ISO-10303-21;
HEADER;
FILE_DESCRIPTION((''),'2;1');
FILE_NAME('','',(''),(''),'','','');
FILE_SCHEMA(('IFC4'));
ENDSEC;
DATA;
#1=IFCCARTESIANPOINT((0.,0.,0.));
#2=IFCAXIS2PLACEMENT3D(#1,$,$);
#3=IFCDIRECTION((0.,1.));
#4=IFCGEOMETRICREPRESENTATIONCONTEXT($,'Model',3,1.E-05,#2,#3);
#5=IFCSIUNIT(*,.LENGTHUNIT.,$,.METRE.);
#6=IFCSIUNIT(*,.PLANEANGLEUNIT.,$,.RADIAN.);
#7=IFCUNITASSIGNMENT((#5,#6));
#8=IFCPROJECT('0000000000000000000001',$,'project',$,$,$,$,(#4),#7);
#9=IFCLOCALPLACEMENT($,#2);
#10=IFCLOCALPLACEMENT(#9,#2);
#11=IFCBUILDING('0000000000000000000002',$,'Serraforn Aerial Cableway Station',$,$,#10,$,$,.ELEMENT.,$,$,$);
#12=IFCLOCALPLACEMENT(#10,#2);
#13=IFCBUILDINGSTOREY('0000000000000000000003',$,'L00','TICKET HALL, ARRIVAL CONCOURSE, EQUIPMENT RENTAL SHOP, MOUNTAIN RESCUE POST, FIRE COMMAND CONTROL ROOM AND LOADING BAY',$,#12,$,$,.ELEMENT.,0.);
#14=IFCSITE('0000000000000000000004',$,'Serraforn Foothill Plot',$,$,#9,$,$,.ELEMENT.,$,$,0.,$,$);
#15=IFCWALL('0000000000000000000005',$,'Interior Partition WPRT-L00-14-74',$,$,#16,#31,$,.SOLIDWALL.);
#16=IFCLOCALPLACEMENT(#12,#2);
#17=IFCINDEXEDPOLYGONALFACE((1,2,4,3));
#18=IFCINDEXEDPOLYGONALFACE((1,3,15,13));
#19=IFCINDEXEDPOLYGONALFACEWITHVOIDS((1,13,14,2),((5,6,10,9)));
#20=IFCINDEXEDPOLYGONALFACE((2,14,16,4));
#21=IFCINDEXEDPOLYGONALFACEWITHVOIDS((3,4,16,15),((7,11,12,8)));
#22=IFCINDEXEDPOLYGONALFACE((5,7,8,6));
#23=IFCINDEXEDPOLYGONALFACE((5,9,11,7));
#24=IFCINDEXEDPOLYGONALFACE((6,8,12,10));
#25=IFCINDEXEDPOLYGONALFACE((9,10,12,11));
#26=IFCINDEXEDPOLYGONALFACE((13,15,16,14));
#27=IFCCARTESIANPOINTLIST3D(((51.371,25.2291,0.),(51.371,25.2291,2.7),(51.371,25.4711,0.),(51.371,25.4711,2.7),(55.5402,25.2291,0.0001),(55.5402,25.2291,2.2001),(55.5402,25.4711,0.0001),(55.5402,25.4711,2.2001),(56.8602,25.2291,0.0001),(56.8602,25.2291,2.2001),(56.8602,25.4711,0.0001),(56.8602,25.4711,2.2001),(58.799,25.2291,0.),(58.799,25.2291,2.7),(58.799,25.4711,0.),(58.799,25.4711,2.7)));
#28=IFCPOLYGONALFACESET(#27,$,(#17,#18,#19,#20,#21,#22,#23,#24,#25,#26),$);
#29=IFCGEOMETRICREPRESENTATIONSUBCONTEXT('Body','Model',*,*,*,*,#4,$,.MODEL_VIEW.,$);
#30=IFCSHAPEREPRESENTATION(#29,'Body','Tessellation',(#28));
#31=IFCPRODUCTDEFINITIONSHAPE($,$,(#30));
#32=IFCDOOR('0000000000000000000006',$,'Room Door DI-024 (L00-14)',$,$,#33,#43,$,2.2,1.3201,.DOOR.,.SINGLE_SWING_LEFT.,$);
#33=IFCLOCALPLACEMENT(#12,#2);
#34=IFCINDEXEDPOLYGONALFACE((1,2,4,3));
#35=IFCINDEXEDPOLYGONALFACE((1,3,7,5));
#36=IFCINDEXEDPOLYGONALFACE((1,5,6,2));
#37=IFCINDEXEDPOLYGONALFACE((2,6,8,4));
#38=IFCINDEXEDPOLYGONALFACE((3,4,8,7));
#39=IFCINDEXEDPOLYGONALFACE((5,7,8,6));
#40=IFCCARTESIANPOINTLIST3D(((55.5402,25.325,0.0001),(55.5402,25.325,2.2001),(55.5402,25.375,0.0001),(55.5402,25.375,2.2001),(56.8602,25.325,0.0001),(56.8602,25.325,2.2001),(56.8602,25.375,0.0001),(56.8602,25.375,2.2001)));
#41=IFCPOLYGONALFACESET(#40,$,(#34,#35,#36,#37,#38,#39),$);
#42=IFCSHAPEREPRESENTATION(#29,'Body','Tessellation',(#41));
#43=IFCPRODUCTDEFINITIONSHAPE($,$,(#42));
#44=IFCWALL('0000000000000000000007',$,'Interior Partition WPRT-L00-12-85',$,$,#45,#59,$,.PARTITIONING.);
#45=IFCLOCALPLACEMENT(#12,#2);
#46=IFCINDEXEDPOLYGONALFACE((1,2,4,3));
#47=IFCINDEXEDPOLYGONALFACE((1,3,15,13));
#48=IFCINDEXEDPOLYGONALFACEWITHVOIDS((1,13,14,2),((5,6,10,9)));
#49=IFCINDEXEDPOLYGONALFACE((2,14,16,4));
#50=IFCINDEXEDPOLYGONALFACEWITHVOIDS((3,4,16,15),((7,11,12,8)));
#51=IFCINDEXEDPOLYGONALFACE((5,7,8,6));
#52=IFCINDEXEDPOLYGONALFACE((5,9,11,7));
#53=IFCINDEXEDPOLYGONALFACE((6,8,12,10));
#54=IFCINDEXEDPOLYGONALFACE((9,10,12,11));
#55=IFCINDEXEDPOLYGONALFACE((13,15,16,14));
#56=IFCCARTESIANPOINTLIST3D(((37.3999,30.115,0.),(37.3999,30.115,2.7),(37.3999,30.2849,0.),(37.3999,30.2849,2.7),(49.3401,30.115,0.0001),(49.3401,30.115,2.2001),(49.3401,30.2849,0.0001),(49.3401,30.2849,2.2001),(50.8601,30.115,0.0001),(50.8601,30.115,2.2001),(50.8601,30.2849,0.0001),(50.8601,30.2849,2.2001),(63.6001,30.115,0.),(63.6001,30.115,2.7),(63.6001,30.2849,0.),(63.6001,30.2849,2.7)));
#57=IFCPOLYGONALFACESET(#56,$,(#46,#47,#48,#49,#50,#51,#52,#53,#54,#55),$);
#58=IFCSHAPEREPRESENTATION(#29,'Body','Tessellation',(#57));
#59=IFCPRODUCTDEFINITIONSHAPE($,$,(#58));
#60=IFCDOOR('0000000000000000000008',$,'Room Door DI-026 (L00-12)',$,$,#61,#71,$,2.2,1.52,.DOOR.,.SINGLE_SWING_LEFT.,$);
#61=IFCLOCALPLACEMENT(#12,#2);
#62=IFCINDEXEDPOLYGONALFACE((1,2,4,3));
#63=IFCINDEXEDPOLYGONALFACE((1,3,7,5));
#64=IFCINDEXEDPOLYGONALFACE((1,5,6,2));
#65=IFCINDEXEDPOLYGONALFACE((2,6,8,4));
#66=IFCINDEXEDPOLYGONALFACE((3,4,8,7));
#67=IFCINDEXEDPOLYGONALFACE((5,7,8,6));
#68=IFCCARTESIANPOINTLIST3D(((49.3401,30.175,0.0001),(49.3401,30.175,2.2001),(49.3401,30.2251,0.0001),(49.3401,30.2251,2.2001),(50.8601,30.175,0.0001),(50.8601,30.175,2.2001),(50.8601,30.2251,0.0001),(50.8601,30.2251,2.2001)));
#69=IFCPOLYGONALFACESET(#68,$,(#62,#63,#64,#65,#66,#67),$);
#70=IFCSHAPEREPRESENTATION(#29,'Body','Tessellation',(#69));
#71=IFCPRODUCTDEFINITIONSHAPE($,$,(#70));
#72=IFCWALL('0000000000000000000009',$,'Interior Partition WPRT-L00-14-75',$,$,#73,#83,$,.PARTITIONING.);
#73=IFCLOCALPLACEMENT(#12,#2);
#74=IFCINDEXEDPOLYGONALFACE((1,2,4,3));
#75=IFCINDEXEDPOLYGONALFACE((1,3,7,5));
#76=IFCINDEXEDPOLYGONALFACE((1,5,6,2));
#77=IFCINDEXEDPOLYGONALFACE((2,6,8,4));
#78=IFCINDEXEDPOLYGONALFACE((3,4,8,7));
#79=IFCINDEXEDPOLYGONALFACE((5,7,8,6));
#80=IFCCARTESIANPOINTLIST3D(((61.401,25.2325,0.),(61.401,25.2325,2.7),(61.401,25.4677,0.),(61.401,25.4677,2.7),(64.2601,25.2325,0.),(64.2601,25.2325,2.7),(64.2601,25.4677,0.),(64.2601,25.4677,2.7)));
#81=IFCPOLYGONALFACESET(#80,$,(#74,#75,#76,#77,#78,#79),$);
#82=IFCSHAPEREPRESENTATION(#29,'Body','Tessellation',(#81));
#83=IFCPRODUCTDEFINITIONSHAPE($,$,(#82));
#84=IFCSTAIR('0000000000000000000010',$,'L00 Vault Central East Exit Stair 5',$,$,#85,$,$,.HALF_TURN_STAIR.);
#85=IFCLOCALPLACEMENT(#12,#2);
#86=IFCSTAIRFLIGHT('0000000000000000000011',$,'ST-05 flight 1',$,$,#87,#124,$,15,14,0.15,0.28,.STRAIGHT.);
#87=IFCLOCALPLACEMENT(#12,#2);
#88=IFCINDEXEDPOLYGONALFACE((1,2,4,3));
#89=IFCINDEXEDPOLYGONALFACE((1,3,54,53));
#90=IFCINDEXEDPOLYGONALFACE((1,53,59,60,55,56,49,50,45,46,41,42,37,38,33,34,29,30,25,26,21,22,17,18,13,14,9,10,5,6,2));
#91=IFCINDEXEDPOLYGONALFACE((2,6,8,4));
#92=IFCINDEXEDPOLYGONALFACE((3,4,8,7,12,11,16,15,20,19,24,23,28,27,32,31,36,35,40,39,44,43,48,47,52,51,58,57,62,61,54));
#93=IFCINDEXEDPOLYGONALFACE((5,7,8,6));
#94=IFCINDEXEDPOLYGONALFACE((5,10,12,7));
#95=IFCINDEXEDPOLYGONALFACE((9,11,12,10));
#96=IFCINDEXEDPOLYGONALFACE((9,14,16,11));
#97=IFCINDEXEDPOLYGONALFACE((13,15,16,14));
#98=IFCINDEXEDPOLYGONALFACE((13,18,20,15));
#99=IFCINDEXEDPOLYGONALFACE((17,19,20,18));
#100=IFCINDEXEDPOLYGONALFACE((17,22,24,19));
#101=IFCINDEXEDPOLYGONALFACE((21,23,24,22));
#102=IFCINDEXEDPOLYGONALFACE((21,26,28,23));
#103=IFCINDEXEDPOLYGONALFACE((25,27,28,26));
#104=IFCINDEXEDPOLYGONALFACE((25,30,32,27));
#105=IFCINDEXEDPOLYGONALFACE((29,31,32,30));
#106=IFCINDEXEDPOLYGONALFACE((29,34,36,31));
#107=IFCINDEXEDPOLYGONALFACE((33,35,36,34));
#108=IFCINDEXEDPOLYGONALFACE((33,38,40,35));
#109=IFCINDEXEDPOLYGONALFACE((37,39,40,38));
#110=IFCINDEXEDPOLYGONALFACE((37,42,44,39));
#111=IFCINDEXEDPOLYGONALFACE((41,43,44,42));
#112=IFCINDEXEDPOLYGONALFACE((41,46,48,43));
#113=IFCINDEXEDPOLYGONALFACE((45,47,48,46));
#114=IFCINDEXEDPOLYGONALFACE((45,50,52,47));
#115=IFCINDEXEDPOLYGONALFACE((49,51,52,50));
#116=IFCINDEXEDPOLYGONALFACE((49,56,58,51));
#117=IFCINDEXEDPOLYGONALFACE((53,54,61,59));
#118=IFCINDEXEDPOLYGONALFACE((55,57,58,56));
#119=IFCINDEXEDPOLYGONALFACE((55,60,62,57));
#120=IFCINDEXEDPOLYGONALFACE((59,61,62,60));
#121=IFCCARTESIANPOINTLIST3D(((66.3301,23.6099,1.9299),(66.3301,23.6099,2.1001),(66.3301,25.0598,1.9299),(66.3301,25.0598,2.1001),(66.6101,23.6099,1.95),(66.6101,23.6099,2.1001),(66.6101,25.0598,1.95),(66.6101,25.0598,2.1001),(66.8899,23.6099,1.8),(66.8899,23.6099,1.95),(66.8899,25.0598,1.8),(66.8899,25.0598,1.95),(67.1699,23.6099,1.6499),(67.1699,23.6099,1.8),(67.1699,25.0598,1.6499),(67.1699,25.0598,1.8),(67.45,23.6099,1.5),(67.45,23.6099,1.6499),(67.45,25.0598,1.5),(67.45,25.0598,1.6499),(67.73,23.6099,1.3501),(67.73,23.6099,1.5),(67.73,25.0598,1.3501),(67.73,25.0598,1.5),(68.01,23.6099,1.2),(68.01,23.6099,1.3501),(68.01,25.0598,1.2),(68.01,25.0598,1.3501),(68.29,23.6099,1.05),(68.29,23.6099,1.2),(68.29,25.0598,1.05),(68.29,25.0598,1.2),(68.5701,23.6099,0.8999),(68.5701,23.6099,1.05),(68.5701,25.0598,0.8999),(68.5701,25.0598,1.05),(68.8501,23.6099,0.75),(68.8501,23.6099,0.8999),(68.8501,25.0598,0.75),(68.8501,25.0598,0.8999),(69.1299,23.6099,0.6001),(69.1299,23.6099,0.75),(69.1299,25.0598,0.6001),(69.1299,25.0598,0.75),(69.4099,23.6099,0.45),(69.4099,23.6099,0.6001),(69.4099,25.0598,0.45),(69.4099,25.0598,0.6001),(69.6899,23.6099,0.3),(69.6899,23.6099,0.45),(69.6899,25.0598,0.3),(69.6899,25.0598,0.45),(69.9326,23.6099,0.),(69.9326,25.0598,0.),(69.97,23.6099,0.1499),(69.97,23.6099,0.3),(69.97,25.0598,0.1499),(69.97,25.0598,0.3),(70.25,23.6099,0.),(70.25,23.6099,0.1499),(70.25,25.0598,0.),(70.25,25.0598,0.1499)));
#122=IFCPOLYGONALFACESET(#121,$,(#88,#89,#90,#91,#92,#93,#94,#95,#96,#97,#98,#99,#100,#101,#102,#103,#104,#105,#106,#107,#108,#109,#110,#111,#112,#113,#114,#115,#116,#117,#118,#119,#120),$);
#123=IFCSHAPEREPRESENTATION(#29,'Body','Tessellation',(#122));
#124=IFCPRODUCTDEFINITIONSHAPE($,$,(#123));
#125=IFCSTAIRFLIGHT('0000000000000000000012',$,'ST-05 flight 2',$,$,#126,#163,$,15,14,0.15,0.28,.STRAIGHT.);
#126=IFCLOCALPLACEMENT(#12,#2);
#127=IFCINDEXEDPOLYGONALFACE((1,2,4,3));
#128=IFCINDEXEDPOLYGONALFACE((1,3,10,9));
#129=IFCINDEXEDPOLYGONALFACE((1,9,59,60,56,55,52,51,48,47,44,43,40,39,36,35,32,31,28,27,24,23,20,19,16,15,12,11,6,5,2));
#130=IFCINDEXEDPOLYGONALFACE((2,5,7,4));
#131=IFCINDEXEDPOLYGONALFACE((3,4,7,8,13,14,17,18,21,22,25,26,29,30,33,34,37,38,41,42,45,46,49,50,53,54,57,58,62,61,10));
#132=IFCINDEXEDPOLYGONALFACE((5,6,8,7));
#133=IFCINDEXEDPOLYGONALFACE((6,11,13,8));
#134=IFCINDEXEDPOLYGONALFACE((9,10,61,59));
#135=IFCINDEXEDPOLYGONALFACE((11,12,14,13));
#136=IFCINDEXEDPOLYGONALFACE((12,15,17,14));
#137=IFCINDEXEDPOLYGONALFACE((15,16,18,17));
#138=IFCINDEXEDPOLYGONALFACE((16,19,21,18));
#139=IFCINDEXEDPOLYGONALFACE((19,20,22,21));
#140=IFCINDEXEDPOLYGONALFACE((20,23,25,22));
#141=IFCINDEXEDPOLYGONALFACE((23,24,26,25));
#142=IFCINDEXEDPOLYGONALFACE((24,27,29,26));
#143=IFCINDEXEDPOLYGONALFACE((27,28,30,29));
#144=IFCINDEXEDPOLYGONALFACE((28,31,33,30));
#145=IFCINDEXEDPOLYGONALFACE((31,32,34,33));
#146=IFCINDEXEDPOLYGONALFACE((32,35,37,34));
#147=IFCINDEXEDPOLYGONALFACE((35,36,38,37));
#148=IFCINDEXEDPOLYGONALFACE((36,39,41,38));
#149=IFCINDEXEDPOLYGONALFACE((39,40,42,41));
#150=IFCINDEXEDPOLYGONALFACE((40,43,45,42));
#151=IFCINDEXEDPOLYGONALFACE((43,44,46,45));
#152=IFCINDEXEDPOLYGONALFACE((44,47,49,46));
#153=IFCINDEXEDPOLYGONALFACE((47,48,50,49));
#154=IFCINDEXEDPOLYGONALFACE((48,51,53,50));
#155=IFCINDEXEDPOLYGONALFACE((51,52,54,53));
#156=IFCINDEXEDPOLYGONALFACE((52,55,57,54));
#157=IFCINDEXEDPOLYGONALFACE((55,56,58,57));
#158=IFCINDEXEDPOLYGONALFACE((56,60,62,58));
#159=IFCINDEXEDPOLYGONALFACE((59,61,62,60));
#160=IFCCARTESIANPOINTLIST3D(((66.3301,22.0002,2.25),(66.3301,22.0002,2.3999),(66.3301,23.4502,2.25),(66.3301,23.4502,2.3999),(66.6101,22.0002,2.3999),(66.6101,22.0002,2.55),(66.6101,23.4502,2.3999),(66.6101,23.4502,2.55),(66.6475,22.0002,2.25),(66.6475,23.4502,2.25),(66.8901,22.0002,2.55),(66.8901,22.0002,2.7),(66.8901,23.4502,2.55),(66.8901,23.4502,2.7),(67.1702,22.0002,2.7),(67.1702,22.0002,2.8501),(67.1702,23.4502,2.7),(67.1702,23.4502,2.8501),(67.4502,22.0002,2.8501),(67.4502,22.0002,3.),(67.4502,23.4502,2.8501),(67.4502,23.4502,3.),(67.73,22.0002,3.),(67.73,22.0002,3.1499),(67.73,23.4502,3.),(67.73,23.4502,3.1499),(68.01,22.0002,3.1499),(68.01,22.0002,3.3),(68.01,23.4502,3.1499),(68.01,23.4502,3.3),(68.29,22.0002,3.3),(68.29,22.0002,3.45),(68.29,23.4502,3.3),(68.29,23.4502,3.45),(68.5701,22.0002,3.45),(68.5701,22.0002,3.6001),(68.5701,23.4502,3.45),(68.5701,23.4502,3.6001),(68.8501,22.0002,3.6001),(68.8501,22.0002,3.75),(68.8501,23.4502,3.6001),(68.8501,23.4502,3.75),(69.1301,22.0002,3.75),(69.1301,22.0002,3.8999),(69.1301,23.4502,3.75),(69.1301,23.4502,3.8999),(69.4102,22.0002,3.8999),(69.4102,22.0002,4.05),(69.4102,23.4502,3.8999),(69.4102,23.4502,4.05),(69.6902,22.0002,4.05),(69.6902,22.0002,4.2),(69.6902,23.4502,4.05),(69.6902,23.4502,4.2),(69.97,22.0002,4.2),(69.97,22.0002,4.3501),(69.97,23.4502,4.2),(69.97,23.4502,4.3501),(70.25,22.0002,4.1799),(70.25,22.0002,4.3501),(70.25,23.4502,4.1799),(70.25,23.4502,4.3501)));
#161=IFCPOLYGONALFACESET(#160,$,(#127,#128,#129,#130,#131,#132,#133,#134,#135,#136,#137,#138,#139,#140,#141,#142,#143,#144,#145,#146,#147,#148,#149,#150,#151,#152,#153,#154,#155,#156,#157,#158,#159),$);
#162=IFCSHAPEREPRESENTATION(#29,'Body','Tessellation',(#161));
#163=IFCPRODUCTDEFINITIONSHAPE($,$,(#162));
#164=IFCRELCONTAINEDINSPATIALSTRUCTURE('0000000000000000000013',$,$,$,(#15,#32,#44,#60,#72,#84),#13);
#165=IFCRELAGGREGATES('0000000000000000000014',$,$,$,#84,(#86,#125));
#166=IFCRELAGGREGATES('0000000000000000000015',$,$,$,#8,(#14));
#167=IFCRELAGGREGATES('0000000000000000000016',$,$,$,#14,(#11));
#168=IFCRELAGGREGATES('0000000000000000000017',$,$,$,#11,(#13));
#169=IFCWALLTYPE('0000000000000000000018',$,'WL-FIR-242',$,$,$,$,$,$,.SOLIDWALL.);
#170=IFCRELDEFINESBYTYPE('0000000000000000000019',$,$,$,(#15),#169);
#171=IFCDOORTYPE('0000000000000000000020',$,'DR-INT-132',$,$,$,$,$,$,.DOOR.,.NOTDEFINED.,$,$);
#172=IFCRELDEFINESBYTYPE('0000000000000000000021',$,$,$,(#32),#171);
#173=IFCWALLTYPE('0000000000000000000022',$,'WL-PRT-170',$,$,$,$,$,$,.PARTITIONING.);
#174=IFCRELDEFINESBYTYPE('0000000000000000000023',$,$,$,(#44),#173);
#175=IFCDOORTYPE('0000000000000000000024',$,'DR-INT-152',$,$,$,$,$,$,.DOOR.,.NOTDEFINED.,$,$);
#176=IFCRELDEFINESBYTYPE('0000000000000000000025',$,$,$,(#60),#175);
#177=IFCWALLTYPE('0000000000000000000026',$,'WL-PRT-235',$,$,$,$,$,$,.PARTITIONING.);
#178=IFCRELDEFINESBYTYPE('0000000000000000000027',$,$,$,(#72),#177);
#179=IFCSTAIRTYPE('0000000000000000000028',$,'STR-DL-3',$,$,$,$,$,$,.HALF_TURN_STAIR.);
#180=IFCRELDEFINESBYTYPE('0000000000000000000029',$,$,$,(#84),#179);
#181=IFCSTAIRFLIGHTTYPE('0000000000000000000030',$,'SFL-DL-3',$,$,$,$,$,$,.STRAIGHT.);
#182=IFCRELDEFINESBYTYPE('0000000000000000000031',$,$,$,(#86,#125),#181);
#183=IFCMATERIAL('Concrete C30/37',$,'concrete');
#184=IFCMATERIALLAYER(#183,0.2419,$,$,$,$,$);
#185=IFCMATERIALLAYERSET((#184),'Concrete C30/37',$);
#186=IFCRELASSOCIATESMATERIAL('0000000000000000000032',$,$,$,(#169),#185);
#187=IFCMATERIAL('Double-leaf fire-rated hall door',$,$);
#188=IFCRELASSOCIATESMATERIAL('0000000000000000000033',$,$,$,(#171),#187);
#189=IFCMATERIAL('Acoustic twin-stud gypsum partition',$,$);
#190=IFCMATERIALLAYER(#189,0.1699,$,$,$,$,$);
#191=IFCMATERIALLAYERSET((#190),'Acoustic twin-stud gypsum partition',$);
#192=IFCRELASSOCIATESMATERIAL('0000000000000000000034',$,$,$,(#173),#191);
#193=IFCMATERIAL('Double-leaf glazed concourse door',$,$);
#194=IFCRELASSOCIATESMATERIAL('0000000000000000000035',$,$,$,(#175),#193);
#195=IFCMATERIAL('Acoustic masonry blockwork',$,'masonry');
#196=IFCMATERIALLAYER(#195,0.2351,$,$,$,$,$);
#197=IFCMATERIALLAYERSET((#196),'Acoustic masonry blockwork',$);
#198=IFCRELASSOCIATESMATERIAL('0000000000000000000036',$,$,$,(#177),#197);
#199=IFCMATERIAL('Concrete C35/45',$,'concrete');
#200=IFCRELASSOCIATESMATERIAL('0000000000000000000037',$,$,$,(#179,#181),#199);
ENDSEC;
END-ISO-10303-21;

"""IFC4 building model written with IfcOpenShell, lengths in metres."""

from ifc_helpers import new_model, si_unit, direction, frame, frame_2d, origin, place, context, subcontext, project, spatial, polyline, rectangle, outline, extrude, material, layer, layer_set, type_object, element, fill, aggregate, save


model = new_model("IFC4")

# Units and contexts
model_context = context("Model", 3, precision=1e-05, world=origin(), true_north=direction((0.0, 1.0)))
body_context = subcontext(model_context, "Body", "Model", "MODEL_VIEW")
ifc_project = project(units=[si_unit("LENGTHUNIT", "METRE"), si_unit("PLANEANGLEUNIT", "RADIAN")], contexts=[model_context])

# Site, building, storey
site_placement = place(None, origin())
site = spatial("IfcSite", under=ifc_project, at=site_placement, Name="Serraforn Foothill Plot", CompositionType="ELEMENT", RefElevation=0.0)
building_placement = place(site_placement, origin())
building = spatial("IfcBuilding", under=site, at=building_placement, Name="Serraforn Aerial Cableway Station", CompositionType="ELEMENT")
storey_placement = place(building_placement, origin())
storey = spatial("IfcBuildingStorey", under=building, at=storey_placement, Name="L00", Description="TICKET HALL, ARRIVAL CONCOURSE, EQUIPMENT RENTAL SHOP, MOUNTAIN RESCUE POST, FIRE COMMAND CONTROL ROOM AND LOADING BAY", CompositionType="ELEMENT", Elevation=0.0)

# Shared definitions
ifc_material_1 = material(Name="Concrete C35/45", Category="concrete")

# Walls, openings, doors
ifc_material_2 = material(Name="Concrete C30/37", Category="concrete")
ifc_layer_1 = layer(ifc_material_2, 0.2419)
ifc_layer_set_1 = layer_set([ifc_layer_1], Name="Concrete C30/37")
wall_type_1 = type_object("IfcWallType", Name="WL-FIR-242", PredefinedType="SOLIDWALL", material=ifc_layer_set_1)
wall_1_placement = place(storey_placement, frame((51.3711, 25.3501, 0.0), z_axis=(0.0, 0.0, 1.0), x_axis=(1.0, 0.0, 0.0)))
wall_1 = element("IfcWall", 1, at=wall_1_placement, inside=storey, type_object=wall_type_1, Name="Interior Partition WPRT-L00-14-74", PredefinedType="SOLIDWALL", context=body_context, shape_type="SweptSolid", body=[
    extrude(rectangle(XDim=7.428, YDim=0.2419, at=frame_2d((3.7139, 0.0))), origin(), (0.0, 0.0, 1.0), 2.7),
])
opening_1_placement = place(wall_1_placement, frame((4.1689, 0.0, 0.0)))
opening_1 = element("IfcOpeningElement", 2, at=opening_1_placement, cuts=wall_1, PredefinedType="OPENING", context=body_context, shape_type="SweptSolid", body=[
    extrude(rectangle(XDim=1.3201, YDim=2.2, at=frame_2d((0.6602, 1.1001))), frame((0.0, 0.1309, 0.0), z_axis=(0.0, -1.0, 0.0), x_axis=(1.0, 0.0, 0.0)), (0.0, 0.0, 1.0), 0.262),
])
ifc_material_3 = material(Name="Double-leaf fire-rated hall door")
door_type_1 = type_object("IfcDoorType", Name="DR-INT-132", OperationType="NOTDEFINED", PredefinedType="DOOR", material=ifc_material_3)
door_1_placement = place(opening_1_placement, origin())
door_1 = element("IfcDoor", 3, at=door_1_placement, inside=storey, type_object=door_type_1, Name="Room Door DI-024 (L00-14)", OperationType="SINGLE_SWING_LEFT", OverallHeight=2.2, OverallWidth=1.3201, PredefinedType="DOOR", context=body_context, shape_type="SweptSolid", body=[
    extrude(rectangle(XDim=1.3201, YDim=2.2, at=frame_2d((0.6602, 1.1001))), frame((0.0, 0.0249, 0.0), z_axis=(0.0, -1.0, 0.0), x_axis=(1.0, 0.0, 0.0)), (0.0, 0.0, 1.0), 0.05),
])
fill(opening_1, door_1)
ifc_material_4 = material(Name="Acoustic twin-stud gypsum partition")
ifc_layer_2 = layer(ifc_material_4, 0.1699)
ifc_layer_set_2 = layer_set([ifc_layer_2], Name="Acoustic twin-stud gypsum partition")
wall_type_2 = type_object("IfcWallType", Name="WL-PRT-170", PredefinedType="PARTITIONING", material=ifc_layer_set_2)
wall_2_placement = place(storey_placement, frame((63.6001, 30.2, 0.0), z_axis=(0.0, 0.0, 1.0), x_axis=(-1.0, 0.0, 0.0)))
wall_2 = element("IfcWall", 4, at=wall_2_placement, inside=storey, type_object=wall_type_2, Name="Interior Partition WPRT-L00-12-85", PredefinedType="PARTITIONING", context=body_context, shape_type="SweptSolid", body=[
    extrude(rectangle(XDim=26.2002, YDim=0.1699, at=frame_2d((13.1001, 0.0))), origin(), (0.0, 0.0, 1.0), 2.7),
])
opening_2_placement = place(wall_2_placement, frame((12.74, 0.0, 0.0)))
opening_2 = element("IfcOpeningElement", 5, at=opening_2_placement, cuts=wall_2, PredefinedType="OPENING", context=body_context, shape_type="SweptSolid", body=[
    extrude(rectangle(XDim=1.52, YDim=2.2, at=frame_2d((0.76, 1.1001))), frame((0.0, 0.095, 0.0), z_axis=(0.0, -1.0, 0.0), x_axis=(1.0, 0.0, 0.0)), (0.0, 0.0, 1.0), 0.1899),
])
ifc_material_5 = material(Name="Double-leaf glazed concourse door")
door_type_2 = type_object("IfcDoorType", Name="DR-INT-152", OperationType="NOTDEFINED", PredefinedType="DOOR", material=ifc_material_5)
door_2_placement = place(opening_2_placement, origin())
door_2 = element("IfcDoor", 6, at=door_2_placement, inside=storey, type_object=door_type_2, Name="Room Door DI-026 (L00-12)", OperationType="SINGLE_SWING_LEFT", OverallHeight=2.2, OverallWidth=1.52, PredefinedType="DOOR", context=body_context, shape_type="SweptSolid", body=[
    extrude(rectangle(XDim=1.52, YDim=2.2, at=frame_2d((0.76, 1.1001))), frame((0.0, 0.0249, 0.0), z_axis=(0.0, -1.0, 0.0), x_axis=(1.0, 0.0, 0.0)), (0.0, 0.0, 1.0), 0.05),
])
fill(opening_2, door_2)

# Wall
ifc_material_6 = material(Name="Acoustic masonry blockwork", Category="masonry")
ifc_layer_3 = layer(ifc_material_6, 0.2351)
ifc_layer_set_3 = layer_set([ifc_layer_3], Name="Acoustic masonry blockwork")
wall_type_3 = type_object("IfcWallType", Name="WL-PRT-235", PredefinedType="PARTITIONING", material=ifc_layer_set_3)
wall_3_placement = place(storey_placement, frame((61.4009, 25.3501, 0.0), z_axis=(0.0, 0.0, 1.0), x_axis=(1.0, 0.0, 0.0)))
element("IfcWall", 7, at=wall_3_placement, inside=storey, type_object=wall_type_3, Name="Interior Partition WPRT-L00-14-75", PredefinedType="PARTITIONING", context=body_context, shape_type="SweptSolid", body=[
    extrude(rectangle(XDim=2.8591, YDim=0.2351, at=frame_2d((1.4297, 0.0))), origin(), (0.0, 0.0, 1.0), 2.7),
])

# Stair, stair flights
stair_type = type_object("IfcStairType", Name="STR-DL-3", PredefinedType="HALF_TURN_STAIR", material=ifc_material_1)
stair_placement = place(storey_placement, origin())
stair = element("IfcStair", 8, at=stair_placement, inside=storey, type_object=stair_type, Name="L00 Vault Central East Exit Stair 5", PredefinedType="HALF_TURN_STAIR")
stair_flight_type = type_object("IfcStairFlightType", Name="SFL-DL-3", PredefinedType="STRAIGHT", material=ifc_material_1)
stair_flight_1_placement = place(storey_placement, frame((70.25, 24.335, 0.0), z_axis=(0.0, 0.0, 1.0), x_axis=(-1.0, 0.0, 0.0)))
stair_flight_1 = element("IfcStairFlight", 9, at=stair_flight_1_placement, type_object=stair_flight_type, Name="ST-05 flight 1", NumberOfRisers=15, NumberOfTreads=14, PredefinedType="STRAIGHT", RiserHeight=0.15, TreadLength=0.28, context=body_context, shape_type="SweptSolid", body=[
    extrude(outline(polyline([(0.0, 0.0), (0.0, 0.1499), (0.28, 0.1499), (0.28, 0.3), (0.5601, 0.3), (0.5601, 0.45), (0.8401, 0.45), (0.8401, 0.6001), (1.1201, 0.6001), (1.1201, 0.75), (1.3999, 0.75), (1.3999, 0.8999), (1.6799, 0.8999), (1.6799, 1.05), (1.96, 1.05), (1.96, 1.2), (2.24, 1.2), (2.24, 1.3501), (2.52, 1.3501), (2.52, 1.5), (2.8, 1.5), (2.8, 1.6499), (3.0801, 1.6499), (3.0801, 1.8), (3.3601, 1.8), (3.3601, 1.95), (3.6399, 1.95), (3.6399, 2.1001), (3.9199, 2.1001), (3.9199, 2.25), (3.9199, 1.9299), (0.3174, 0.0), (0.0, 0.0)])), frame((0.0, 0.7251, 0.0), z_axis=(0.0, -1.0, 0.0), x_axis=(1.0, 0.0, 0.0)), (0.0, 0.0, 1.0), 1.45),
])
stair_flight_2_placement = place(storey_placement, frame((66.3301, 22.7251, 2.25), z_axis=(0.0, 0.0, 1.0), x_axis=(1.0, 0.0, 0.0)))
stair_flight_2 = element("IfcStairFlight", 10, at=stair_flight_2_placement, type_object=stair_flight_type, Name="ST-05 flight 2", NumberOfRisers=15, NumberOfTreads=14, PredefinedType="STRAIGHT", RiserHeight=0.15, TreadLength=0.28, context=body_context, shape_type="SweptSolid", body=[
    extrude(outline(polyline([(0.0, 0.0), (0.0, 0.1499), (0.28, 0.1499), (0.28, 0.3), (0.5601, 0.3), (0.5601, 0.45), (0.8401, 0.45), (0.8401, 0.6001), (1.1201, 0.6001), (1.1201, 0.75), (1.3999, 0.75), (1.3999, 0.8999), (1.6799, 0.8999), (1.6799, 1.05), (1.96, 1.05), (1.96, 1.2), (2.24, 1.2), (2.24, 1.3501), (2.52, 1.3501), (2.52, 1.5), (2.8, 1.5), (2.8, 1.6499), (3.0801, 1.6499), (3.0801, 1.8), (3.3601, 1.8), (3.3601, 1.95), (3.6399, 1.95), (3.6399, 2.1001), (3.9199, 2.1001), (3.9199, 2.25), (3.9199, 1.9299), (0.3174, 0.0), (0.0, 0.0)])), frame((0.0, 0.7251, 0.0), z_axis=(0.0, -1.0, 0.0), x_axis=(1.0, 0.0, 0.0)), (0.0, 0.0, 1.0), 1.45),
])
aggregate(stair, [stair_flight_1, stair_flight_2])

save(model, "model.ifc")
